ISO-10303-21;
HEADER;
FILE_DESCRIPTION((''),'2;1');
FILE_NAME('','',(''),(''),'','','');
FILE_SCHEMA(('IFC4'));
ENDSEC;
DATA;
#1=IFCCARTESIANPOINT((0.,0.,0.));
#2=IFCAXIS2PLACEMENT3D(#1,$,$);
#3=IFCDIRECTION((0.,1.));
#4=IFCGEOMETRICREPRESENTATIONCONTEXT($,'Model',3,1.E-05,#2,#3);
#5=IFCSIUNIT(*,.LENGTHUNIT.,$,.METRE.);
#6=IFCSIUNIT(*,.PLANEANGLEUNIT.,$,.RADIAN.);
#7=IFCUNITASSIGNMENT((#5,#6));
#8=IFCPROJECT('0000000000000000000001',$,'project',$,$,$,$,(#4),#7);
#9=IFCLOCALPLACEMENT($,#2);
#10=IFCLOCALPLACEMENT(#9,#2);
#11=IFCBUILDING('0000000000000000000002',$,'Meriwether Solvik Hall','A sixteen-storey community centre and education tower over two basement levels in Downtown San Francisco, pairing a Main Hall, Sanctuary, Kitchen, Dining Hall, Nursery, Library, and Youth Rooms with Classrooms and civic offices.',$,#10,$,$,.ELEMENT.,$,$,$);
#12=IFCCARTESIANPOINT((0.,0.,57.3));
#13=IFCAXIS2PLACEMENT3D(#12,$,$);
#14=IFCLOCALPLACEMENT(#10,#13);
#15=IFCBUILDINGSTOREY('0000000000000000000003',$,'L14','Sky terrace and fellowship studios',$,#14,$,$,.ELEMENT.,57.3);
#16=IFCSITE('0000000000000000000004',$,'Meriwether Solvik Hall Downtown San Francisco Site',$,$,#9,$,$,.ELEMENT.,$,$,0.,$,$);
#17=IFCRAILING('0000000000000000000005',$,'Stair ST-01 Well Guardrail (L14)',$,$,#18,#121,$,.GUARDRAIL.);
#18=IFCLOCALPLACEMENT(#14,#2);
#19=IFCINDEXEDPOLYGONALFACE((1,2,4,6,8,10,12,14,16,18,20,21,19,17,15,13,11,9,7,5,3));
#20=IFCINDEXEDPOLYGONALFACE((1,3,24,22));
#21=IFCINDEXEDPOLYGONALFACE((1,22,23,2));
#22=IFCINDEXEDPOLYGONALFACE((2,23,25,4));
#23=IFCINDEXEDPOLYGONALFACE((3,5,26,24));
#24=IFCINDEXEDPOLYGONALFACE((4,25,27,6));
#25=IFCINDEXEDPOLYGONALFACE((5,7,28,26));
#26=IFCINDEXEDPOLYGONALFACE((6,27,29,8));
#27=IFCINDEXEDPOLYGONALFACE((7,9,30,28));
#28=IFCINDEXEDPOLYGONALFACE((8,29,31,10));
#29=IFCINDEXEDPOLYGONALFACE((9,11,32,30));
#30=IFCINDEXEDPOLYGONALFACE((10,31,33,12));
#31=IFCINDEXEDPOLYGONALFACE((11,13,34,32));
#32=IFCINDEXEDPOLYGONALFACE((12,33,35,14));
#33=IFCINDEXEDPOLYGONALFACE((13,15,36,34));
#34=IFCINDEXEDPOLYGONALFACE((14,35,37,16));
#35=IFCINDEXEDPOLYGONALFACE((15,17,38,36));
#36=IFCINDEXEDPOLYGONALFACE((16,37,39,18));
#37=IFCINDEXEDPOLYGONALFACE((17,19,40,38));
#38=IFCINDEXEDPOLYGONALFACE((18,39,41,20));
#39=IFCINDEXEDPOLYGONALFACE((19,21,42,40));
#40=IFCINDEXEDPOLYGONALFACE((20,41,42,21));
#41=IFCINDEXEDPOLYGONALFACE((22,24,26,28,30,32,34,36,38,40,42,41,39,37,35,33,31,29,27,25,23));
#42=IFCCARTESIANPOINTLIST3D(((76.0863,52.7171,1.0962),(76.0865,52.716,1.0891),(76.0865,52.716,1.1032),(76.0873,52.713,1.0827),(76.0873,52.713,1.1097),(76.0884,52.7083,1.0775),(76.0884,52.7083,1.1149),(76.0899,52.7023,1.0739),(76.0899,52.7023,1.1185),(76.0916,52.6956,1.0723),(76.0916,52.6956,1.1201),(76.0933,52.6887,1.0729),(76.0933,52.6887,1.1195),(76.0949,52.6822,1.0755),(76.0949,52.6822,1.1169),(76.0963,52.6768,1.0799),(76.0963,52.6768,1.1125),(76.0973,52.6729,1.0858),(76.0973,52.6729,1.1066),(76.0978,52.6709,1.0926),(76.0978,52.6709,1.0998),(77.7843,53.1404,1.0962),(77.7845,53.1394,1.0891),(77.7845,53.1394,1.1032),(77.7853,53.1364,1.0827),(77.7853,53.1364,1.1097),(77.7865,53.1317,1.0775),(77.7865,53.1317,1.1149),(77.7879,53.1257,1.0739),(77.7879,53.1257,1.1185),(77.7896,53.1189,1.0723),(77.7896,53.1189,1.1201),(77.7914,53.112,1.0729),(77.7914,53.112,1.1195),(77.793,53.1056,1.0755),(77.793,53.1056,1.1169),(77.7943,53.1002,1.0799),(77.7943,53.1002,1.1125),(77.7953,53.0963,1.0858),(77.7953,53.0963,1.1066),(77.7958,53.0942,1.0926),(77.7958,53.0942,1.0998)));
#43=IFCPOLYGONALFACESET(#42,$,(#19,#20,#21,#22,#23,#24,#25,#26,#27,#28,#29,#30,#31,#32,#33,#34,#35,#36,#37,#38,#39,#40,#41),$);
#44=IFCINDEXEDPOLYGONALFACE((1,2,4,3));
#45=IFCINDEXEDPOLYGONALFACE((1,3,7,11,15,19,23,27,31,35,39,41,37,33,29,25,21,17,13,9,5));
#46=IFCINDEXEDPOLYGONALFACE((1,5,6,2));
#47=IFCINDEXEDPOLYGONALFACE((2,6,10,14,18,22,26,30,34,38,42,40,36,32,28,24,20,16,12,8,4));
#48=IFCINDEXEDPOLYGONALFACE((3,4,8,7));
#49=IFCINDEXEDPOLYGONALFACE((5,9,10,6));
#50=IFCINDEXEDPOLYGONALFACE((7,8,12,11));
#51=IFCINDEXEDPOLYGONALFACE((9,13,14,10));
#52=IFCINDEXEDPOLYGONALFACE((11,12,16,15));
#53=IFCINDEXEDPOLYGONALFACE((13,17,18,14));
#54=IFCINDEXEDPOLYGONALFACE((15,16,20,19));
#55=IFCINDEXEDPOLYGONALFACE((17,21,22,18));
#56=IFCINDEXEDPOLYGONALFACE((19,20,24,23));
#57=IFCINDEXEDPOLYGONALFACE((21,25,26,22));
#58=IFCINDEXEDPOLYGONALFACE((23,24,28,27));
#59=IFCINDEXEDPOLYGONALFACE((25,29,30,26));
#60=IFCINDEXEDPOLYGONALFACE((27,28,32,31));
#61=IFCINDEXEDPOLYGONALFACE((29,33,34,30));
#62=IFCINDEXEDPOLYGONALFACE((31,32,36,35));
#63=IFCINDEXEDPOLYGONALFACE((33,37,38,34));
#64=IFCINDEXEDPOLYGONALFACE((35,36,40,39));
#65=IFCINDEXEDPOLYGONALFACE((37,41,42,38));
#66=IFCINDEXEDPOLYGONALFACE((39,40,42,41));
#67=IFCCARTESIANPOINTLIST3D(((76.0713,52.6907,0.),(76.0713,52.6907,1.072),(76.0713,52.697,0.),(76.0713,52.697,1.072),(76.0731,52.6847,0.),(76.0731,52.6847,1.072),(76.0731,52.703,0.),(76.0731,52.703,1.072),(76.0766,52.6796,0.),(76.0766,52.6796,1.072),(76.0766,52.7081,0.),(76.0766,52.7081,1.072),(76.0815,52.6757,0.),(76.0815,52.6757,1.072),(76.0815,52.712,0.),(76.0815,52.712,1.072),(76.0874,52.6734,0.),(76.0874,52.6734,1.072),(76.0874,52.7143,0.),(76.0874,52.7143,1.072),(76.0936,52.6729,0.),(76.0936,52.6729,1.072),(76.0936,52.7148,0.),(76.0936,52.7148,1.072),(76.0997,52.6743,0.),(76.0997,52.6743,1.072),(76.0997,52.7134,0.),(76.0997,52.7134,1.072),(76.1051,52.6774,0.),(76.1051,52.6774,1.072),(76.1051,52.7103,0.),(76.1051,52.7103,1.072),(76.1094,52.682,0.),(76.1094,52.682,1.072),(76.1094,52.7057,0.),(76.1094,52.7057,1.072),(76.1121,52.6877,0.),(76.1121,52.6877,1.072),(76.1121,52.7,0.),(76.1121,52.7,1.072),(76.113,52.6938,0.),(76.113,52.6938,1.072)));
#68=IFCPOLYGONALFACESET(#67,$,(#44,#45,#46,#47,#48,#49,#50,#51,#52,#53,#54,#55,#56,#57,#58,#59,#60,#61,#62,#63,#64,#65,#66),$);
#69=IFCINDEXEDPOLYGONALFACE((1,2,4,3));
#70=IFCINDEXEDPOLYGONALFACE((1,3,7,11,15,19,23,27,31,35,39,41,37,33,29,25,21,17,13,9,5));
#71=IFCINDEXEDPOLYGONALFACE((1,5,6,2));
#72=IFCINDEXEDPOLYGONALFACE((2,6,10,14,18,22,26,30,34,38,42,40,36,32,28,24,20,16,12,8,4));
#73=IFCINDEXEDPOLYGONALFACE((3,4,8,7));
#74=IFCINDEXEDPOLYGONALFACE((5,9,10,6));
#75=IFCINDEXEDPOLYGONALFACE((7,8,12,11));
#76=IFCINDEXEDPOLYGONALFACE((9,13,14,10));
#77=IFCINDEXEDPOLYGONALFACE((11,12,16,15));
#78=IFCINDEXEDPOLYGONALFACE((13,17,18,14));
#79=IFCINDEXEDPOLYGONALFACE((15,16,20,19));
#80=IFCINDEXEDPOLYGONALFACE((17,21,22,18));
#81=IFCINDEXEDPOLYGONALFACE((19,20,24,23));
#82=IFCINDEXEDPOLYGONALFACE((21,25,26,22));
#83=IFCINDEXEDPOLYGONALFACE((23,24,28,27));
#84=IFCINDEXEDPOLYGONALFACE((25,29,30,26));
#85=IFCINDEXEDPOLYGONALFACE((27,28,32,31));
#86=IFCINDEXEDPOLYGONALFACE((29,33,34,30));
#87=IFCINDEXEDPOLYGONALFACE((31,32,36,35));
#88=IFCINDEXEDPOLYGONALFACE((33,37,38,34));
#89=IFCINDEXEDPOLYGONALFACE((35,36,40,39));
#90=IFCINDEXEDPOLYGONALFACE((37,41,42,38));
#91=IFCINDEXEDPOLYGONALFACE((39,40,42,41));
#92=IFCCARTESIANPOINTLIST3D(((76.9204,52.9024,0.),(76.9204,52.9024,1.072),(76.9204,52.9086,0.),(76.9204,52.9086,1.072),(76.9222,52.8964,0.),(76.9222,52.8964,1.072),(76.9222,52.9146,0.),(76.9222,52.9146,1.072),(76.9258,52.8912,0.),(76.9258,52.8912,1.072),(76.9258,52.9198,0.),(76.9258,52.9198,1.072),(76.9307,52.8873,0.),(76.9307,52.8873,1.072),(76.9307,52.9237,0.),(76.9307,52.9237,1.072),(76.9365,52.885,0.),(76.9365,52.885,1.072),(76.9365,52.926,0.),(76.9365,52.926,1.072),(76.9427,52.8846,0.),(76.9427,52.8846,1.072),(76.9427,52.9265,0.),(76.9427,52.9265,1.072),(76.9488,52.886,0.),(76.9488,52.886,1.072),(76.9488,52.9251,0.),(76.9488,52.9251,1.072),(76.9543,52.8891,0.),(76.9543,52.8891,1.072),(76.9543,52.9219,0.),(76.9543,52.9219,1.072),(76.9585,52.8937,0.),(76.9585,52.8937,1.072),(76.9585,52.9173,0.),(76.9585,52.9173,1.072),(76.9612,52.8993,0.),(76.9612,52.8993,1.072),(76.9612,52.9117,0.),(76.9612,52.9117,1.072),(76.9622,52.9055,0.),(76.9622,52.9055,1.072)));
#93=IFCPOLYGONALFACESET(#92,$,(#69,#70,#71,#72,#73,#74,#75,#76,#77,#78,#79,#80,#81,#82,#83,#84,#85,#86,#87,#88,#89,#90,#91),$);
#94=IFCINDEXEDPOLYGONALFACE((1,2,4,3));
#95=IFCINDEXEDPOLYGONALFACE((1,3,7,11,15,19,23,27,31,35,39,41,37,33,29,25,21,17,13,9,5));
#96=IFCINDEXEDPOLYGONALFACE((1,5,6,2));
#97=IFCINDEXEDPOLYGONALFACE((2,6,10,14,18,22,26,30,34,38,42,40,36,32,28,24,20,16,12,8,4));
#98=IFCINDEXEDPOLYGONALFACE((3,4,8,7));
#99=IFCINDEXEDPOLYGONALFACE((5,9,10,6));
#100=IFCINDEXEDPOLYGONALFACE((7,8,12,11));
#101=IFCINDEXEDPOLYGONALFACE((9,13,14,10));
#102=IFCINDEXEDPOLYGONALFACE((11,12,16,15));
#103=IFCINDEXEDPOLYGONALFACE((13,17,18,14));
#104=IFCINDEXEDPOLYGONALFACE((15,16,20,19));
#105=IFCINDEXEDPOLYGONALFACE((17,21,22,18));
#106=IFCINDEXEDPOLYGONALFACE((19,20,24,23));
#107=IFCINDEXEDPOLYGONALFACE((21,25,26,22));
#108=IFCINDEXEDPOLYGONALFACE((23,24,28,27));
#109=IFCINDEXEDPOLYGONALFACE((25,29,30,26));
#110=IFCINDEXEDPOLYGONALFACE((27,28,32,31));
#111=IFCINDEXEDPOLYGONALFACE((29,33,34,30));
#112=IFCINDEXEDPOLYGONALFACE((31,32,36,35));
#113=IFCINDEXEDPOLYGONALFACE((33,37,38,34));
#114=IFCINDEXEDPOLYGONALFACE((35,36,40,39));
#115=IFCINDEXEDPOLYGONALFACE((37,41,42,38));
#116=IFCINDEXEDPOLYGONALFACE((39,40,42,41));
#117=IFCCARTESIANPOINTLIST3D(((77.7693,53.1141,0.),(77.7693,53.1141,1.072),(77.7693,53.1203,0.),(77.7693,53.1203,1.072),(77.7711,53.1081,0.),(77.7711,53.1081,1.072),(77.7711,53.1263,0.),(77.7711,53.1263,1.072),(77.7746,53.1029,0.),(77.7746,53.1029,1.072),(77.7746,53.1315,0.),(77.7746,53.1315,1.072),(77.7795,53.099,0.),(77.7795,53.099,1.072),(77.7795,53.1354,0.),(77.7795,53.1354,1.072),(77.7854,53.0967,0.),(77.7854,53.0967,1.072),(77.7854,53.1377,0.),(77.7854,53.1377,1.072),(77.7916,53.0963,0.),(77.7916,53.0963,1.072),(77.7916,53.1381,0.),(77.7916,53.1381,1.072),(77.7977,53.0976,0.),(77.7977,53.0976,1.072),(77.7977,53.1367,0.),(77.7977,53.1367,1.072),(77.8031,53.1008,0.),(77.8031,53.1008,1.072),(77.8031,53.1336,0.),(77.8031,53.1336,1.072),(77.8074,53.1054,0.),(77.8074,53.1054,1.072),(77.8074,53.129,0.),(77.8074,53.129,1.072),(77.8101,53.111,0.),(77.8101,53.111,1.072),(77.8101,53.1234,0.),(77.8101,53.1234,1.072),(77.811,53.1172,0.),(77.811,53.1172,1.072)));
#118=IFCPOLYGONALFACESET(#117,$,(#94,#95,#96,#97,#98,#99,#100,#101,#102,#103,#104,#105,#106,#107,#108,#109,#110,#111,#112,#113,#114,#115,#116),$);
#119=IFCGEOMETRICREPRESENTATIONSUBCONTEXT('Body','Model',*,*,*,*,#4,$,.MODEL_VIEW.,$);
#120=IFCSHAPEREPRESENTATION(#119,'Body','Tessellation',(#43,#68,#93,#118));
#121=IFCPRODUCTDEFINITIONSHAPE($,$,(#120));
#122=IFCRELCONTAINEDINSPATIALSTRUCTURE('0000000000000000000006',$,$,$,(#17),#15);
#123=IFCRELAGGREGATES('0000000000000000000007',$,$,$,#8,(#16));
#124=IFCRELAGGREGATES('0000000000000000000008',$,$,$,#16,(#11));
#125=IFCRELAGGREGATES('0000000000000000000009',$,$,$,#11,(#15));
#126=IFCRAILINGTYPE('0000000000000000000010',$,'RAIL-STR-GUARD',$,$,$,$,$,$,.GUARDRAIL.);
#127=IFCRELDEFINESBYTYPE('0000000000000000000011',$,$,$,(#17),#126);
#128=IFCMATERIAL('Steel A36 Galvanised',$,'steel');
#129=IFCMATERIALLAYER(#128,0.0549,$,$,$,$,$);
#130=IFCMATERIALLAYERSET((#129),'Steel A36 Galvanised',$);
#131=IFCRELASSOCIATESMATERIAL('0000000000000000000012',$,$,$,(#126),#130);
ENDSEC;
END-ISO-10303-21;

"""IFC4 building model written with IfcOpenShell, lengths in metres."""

from ifc_helpers import new_model, si_unit, direction, frame, origin, origin_2d, place, context, subcontext, project, spatial, circle, extrude, material, layer, layer_set, type_object, element, save


model = new_model("IFC4")

# Units and contexts
model_context = context("Model", 3, precision=1e-05, world=origin(), true_north=direction((0.0, 1.0)))
body_context = subcontext(model_context, "Body", "Model", "MODEL_VIEW")
ifc_project = project(units=[si_unit("LENGTHUNIT", "METRE"), si_unit("PLANEANGLEUNIT", "RADIAN")], contexts=[model_context])

# Site, building, storey
site_placement = place(None, origin())
site = spatial("IfcSite", under=ifc_project, at=site_placement, Name="Meriwether Solvik Hall Downtown San Francisco Site", CompositionType="ELEMENT", RefElevation=0.0)
building_placement = place(site_placement, origin())
building = spatial("IfcBuilding", under=site, at=building_placement, Name="Meriwether Solvik Hall", Description="A sixteen-storey community centre and education tower over two basement levels in Downtown San Francisco, pairing a Main Hall, Sanctuary, Kitchen, Dining Hall, Nursery, Library, and Youth Rooms with Classrooms and civic offices.", CompositionType="ELEMENT")
storey_placement = place(building_placement, frame((0.0, 0.0, 57.3)))
storey = spatial("IfcBuildingStorey", under=building, at=storey_placement, Name="L14", Description="Sky terrace and fellowship studios", CompositionType="ELEMENT", Elevation=57.3)

# Railing
ifc_material_1 = material(Name="Steel A36 Galvanised", Category="steel")
ifc_layer_1 = layer(ifc_material_1, 0.0549)
ifc_layer_set_1 = layer_set([ifc_layer_1], Name="Steel A36 Galvanised")
railing_type_1 = type_object("IfcRailingType", Name="RAIL-STR-GUARD", PredefinedType="GUARDRAIL", material=ifc_layer_set_1)
railing_1_placement = place(storey_placement, frame((76.092, 52.6938, 0.0)))
element("IfcRailing", 1, at=railing_1_placement, inside=storey, type_object=railing_type_1, Name="Stair ST-01 Well Guardrail (L14)", PredefinedType="GUARDRAIL", context=body_context, shape_type="SweptSolid", body=[
    extrude(circle(Radius=0.0239, at=origin_2d()), frame((0.0, 0.0, 1.0962), z_axis=(0.970298, 0.241912, 0.0), x_axis=(-0.241912, 0.970298, 0.0)), (0.0, 0.0, 1.0), 1.75),
    extrude(circle(Radius=0.021, at=origin_2d()), origin(), (0.0, 0.0, 1.0), 1.072),
    extrude(circle(Radius=0.021, at=origin_2d()), frame((0.8491, 0.2117, 0.0)), (0.0, 0.0, 1.0), 1.072),
    extrude(circle(Radius=0.021, at=origin_2d()), frame((1.698, 0.4233, 0.0)), (0.0, 0.0, 1.0), 1.072),
])

save(model, "model.ifc")
